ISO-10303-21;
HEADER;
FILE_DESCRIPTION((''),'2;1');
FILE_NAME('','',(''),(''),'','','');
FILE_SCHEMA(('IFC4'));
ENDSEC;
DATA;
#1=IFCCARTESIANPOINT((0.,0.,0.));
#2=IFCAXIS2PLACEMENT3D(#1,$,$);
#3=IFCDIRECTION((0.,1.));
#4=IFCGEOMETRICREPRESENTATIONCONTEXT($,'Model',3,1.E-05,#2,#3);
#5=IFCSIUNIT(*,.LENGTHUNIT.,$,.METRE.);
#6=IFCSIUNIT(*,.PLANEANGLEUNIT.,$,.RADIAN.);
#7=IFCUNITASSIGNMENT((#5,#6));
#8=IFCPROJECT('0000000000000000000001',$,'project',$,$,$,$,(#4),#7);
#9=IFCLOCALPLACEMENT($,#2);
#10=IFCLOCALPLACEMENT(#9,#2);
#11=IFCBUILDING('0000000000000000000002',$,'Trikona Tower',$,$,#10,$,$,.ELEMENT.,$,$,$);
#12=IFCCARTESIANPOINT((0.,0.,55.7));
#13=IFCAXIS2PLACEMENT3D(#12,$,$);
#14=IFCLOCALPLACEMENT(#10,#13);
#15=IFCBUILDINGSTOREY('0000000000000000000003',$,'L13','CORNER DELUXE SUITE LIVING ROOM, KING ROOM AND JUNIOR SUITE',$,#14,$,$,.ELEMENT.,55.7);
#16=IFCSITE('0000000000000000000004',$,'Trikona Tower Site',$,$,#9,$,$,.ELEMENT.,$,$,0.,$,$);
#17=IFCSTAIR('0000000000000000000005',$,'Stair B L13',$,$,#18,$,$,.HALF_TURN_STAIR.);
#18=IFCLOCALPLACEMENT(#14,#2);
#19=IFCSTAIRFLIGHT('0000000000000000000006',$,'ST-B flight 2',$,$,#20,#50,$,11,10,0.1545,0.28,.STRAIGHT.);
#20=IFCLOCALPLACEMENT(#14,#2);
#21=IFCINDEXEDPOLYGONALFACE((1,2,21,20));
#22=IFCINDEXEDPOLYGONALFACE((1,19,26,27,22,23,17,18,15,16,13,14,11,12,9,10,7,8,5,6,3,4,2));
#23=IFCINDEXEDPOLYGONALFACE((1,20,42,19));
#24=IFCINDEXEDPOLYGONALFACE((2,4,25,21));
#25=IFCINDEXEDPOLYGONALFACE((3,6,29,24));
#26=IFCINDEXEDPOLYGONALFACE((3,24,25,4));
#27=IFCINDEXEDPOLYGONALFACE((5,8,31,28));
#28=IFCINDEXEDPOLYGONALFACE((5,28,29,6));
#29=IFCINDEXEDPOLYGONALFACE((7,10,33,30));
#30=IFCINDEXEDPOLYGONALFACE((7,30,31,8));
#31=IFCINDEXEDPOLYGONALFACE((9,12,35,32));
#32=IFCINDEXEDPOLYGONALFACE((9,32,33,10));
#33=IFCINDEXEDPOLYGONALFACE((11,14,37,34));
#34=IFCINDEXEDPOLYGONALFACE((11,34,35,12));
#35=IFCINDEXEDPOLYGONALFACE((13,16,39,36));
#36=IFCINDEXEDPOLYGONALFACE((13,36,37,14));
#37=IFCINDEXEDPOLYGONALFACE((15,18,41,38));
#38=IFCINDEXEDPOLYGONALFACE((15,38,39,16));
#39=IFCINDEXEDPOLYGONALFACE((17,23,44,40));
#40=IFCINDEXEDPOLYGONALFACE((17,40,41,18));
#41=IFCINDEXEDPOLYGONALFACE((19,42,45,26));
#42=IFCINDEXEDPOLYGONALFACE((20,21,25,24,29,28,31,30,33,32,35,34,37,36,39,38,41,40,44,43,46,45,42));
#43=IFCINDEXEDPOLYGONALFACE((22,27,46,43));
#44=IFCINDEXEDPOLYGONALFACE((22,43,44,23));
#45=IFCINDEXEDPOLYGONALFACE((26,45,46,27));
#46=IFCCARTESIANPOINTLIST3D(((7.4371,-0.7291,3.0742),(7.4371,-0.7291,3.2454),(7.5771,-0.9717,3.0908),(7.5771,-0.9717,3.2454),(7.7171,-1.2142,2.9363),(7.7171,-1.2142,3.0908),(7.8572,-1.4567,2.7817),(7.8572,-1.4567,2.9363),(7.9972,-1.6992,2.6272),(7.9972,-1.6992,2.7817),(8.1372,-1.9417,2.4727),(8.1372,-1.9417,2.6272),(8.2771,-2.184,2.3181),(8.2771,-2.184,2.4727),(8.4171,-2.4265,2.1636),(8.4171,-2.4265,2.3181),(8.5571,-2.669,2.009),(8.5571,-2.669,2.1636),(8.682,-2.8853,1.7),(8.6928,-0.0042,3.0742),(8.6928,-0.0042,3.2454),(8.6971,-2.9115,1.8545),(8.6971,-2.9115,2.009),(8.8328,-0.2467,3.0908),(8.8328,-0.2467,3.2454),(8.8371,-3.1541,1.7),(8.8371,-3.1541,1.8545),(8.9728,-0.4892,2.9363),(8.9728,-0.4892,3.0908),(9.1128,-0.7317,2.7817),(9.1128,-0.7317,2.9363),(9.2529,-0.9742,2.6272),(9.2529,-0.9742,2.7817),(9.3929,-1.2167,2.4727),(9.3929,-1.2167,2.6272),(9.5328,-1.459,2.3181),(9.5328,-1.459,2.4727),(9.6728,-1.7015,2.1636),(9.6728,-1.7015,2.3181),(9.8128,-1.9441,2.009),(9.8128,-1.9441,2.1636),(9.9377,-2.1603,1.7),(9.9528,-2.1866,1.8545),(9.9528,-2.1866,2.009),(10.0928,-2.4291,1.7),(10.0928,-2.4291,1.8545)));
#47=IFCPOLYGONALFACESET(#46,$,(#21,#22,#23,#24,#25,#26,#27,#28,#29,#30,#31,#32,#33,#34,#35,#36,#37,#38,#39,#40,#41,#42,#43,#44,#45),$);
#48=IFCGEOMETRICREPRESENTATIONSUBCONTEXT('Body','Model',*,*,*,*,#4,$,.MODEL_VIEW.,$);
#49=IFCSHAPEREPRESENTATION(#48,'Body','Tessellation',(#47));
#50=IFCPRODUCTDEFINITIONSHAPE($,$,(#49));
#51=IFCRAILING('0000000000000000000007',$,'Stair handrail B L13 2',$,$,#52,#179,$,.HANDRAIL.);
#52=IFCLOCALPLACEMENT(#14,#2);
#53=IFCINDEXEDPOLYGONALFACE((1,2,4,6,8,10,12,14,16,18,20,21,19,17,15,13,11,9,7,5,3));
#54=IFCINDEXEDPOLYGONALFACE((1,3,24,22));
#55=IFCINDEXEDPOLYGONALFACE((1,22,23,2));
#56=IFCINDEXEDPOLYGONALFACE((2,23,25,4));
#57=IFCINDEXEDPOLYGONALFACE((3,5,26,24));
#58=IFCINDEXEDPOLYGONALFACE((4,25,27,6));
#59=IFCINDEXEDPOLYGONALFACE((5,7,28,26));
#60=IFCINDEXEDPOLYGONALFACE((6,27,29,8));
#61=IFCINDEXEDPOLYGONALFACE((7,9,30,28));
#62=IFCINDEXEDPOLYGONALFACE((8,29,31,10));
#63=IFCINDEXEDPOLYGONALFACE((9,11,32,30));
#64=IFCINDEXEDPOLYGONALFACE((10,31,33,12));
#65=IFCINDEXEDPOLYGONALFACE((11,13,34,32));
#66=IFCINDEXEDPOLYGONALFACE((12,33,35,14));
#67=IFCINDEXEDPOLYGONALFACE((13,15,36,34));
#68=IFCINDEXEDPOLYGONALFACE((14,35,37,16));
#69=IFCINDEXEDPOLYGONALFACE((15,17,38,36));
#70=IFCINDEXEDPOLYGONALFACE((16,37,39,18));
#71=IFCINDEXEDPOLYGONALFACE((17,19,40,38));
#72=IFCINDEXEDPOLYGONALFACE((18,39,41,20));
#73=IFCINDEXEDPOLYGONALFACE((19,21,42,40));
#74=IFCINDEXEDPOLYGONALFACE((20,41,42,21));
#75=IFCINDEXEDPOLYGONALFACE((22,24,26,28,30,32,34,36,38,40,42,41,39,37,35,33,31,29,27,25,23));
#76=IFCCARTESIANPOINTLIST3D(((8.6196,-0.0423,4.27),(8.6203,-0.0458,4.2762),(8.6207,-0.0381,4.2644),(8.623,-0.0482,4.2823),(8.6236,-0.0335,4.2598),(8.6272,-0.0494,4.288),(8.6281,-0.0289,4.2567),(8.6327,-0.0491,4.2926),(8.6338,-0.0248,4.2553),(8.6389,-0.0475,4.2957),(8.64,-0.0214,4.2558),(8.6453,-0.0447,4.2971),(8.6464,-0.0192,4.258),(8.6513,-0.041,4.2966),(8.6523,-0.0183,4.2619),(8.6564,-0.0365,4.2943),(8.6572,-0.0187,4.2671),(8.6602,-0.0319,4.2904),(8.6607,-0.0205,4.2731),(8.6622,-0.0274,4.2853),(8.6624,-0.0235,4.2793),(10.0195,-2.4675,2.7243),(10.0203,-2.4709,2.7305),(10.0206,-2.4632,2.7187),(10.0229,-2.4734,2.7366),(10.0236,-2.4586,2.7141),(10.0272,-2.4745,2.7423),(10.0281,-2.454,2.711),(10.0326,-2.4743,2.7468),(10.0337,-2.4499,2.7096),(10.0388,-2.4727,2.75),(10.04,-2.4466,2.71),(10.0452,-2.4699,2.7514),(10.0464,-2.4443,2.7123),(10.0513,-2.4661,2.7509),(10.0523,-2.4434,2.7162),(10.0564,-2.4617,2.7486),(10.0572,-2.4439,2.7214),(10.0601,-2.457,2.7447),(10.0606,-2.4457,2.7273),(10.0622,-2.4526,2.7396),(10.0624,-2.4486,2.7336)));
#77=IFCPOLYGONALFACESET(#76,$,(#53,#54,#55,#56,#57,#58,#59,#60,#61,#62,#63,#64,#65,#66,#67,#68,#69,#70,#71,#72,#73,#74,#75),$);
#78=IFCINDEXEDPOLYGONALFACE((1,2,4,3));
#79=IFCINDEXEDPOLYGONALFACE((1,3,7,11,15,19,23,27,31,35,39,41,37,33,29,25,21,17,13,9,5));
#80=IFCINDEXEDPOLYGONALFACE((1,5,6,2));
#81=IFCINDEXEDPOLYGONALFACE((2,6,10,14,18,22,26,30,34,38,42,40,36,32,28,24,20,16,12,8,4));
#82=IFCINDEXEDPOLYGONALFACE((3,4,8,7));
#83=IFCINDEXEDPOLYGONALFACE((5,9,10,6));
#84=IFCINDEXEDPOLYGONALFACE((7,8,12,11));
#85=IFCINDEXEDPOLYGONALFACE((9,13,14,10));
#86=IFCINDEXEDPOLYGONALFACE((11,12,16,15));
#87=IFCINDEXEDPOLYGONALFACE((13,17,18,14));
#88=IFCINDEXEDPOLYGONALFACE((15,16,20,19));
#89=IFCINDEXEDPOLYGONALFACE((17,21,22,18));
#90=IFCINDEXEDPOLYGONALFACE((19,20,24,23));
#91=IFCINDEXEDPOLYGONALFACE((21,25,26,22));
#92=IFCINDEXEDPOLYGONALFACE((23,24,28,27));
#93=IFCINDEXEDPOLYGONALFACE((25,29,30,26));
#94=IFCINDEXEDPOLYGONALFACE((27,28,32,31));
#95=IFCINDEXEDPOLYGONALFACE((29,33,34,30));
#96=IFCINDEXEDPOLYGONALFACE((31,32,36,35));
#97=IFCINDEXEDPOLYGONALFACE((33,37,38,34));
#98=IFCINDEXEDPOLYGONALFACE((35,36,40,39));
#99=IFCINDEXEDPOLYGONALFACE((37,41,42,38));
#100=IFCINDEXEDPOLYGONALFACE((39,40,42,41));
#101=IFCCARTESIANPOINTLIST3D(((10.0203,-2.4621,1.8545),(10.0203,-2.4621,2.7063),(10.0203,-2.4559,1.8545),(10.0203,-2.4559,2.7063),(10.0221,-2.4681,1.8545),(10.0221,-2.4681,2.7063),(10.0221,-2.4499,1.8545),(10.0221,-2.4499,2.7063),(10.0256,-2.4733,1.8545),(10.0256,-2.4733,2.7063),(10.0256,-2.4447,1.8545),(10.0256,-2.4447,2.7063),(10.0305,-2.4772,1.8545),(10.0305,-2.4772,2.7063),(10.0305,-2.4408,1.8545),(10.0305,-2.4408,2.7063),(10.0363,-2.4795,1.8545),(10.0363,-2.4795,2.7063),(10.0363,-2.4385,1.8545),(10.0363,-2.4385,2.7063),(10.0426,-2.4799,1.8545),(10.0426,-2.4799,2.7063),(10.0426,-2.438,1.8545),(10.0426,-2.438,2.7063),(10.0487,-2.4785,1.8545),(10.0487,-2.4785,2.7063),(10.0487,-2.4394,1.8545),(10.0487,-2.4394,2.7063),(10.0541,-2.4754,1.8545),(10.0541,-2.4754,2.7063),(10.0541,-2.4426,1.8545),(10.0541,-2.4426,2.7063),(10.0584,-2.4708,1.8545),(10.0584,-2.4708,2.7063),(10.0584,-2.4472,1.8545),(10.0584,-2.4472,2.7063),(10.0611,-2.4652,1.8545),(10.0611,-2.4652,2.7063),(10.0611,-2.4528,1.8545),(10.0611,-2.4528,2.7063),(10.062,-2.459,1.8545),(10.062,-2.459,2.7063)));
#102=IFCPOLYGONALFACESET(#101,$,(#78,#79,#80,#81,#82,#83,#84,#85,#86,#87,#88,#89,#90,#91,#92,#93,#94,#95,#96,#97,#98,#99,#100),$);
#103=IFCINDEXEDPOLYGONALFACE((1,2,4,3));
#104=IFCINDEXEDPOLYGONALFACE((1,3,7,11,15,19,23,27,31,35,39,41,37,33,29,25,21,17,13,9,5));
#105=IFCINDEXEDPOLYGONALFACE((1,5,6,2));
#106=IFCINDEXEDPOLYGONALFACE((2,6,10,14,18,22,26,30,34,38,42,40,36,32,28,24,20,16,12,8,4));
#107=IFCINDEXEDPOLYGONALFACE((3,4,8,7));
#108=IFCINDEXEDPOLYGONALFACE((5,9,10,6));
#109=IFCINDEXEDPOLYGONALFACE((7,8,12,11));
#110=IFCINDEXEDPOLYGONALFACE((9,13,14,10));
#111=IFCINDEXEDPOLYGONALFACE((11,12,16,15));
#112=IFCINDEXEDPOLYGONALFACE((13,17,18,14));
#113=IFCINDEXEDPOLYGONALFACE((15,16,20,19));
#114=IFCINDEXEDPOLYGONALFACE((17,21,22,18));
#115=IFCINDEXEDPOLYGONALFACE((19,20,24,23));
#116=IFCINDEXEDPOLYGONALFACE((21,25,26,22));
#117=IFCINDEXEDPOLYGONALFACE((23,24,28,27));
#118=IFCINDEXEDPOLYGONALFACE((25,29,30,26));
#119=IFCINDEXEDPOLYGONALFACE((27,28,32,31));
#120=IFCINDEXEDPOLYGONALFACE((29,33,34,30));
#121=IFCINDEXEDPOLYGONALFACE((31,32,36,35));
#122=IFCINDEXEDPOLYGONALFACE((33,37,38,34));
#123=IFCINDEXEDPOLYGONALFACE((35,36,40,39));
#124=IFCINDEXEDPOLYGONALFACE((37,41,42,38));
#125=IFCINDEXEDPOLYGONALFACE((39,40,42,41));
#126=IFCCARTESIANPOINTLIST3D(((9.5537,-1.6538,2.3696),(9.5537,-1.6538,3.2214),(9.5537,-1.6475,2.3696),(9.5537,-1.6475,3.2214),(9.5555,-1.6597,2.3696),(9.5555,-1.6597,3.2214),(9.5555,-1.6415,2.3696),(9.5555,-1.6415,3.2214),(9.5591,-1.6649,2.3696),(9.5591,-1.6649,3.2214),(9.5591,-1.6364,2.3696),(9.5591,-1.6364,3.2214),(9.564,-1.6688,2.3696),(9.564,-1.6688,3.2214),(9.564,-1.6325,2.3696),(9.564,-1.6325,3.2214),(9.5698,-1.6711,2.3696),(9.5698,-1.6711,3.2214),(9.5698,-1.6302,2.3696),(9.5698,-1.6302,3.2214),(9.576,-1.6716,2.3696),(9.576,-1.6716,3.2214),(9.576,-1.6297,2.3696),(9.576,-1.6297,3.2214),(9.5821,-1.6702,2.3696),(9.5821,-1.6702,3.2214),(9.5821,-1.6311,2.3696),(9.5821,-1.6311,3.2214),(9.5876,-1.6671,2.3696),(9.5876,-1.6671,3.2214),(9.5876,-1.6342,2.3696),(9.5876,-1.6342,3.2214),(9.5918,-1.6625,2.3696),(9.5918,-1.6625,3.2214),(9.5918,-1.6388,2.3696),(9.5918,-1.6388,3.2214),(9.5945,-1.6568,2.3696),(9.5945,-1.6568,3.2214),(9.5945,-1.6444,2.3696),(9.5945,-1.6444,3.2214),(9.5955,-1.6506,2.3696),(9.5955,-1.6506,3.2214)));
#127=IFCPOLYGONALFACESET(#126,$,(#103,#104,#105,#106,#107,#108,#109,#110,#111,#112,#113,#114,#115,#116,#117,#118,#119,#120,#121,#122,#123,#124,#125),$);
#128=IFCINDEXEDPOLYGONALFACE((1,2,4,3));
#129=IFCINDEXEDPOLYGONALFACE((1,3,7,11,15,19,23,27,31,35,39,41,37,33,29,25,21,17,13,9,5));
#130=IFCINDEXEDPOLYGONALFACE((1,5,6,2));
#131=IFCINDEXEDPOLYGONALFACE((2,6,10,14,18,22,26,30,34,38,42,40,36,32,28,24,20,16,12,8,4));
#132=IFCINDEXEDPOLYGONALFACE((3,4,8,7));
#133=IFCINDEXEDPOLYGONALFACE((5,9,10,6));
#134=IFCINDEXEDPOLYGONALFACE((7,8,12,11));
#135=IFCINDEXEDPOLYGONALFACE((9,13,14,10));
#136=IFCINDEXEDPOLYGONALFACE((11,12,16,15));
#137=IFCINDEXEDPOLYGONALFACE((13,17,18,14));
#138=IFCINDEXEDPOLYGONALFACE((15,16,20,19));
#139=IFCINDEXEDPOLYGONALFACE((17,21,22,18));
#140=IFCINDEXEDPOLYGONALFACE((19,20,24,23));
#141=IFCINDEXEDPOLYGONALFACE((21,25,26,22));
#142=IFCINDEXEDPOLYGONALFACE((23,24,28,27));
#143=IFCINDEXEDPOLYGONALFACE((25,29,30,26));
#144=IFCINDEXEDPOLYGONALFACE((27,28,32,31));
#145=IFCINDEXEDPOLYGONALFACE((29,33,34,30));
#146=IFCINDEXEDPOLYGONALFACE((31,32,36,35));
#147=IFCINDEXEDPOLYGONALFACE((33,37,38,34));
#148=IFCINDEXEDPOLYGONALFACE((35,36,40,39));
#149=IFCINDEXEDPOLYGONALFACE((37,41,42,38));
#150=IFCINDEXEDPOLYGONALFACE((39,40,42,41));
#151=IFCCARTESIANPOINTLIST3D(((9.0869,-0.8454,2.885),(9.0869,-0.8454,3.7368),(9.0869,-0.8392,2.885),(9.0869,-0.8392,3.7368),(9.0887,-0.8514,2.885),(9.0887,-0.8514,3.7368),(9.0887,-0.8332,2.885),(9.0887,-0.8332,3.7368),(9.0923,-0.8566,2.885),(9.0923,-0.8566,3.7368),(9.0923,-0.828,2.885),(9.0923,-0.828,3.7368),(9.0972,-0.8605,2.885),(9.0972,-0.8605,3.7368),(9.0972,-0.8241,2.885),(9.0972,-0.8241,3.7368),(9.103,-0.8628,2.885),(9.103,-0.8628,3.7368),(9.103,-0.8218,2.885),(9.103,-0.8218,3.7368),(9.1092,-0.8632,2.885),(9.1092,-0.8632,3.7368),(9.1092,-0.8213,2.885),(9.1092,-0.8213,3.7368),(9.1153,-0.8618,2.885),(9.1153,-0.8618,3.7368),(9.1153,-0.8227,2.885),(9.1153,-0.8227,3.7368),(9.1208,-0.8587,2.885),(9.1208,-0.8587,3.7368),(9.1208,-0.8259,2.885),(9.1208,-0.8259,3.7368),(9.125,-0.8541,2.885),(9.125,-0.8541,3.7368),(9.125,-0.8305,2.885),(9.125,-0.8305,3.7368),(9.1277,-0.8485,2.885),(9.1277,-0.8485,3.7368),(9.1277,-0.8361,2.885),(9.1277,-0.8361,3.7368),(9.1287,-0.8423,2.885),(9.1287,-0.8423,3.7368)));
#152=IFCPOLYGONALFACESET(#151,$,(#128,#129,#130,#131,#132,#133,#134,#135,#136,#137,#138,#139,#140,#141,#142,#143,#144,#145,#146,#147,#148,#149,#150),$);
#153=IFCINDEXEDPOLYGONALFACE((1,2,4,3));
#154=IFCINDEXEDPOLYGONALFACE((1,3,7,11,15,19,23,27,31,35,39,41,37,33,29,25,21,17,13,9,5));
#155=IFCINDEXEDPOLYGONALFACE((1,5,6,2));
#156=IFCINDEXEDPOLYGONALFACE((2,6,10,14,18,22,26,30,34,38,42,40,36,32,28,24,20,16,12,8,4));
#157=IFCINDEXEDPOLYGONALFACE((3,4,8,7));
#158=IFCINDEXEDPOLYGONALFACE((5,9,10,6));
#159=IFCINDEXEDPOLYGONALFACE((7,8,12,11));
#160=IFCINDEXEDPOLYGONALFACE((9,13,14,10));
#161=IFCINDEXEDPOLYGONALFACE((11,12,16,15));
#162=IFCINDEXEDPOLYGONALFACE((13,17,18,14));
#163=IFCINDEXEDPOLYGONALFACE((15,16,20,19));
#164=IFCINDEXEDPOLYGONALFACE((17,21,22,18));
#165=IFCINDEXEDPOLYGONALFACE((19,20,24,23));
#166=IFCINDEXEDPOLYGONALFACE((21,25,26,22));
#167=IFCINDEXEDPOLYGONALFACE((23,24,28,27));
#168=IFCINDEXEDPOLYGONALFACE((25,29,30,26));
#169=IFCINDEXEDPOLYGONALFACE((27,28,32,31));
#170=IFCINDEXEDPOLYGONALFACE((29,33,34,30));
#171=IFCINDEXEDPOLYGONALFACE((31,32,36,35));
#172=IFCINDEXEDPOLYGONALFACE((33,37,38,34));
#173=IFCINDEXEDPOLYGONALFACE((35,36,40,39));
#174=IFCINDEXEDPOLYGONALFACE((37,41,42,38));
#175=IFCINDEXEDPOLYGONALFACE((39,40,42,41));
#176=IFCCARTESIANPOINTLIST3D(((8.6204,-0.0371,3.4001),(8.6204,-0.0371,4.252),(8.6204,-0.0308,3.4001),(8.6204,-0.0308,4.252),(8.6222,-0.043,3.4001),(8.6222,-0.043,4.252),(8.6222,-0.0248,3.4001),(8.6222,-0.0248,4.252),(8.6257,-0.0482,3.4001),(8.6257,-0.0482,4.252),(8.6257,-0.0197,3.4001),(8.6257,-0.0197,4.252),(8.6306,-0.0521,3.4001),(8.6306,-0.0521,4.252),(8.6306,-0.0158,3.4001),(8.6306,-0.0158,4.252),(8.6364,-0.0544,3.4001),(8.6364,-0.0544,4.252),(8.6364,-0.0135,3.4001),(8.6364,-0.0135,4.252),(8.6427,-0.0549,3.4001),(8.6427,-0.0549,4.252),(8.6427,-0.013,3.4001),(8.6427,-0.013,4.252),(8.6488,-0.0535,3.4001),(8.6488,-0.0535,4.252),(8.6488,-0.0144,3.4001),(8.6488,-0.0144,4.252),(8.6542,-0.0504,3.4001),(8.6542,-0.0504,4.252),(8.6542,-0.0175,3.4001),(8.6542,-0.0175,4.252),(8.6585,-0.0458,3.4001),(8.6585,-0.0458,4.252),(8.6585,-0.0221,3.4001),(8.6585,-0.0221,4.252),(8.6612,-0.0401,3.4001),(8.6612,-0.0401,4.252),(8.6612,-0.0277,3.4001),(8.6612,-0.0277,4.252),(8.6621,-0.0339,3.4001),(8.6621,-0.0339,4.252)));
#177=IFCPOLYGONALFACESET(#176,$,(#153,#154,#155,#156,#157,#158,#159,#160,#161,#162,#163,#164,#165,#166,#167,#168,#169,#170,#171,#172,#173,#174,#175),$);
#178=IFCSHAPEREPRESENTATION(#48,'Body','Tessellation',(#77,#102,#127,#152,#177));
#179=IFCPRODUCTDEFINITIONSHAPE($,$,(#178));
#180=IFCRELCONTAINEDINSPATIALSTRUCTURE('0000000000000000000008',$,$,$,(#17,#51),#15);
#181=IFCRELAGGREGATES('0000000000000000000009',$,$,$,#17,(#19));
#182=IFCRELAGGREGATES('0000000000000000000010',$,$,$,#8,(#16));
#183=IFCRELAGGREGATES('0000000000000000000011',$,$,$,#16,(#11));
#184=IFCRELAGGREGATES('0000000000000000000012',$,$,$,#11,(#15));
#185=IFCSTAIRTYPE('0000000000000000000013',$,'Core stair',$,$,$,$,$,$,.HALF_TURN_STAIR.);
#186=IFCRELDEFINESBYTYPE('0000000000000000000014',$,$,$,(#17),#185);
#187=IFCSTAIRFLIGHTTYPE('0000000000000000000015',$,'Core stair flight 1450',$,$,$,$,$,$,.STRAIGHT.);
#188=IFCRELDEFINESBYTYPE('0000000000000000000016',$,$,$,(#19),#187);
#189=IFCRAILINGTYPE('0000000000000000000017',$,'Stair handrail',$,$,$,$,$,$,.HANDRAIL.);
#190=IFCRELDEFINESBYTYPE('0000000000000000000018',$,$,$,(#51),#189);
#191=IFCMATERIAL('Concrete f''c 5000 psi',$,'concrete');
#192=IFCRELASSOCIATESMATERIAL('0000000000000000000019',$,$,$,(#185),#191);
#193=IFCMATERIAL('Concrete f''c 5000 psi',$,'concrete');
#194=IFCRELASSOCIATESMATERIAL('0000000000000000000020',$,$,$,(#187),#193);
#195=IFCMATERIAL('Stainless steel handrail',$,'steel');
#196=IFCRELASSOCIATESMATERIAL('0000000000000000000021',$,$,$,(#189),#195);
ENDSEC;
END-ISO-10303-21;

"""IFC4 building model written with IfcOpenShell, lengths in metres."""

from ifc_helpers import new_model, si_unit, direction, frame, origin, origin_2d, place, context, subcontext, project, spatial, polyline, circle, outline, extrude, material, type_object, element, aggregate, save


model = new_model("IFC4")

# Units and contexts
model_context = context("Model", 3, precision=1e-05, world=origin(), true_north=direction((0.0, 1.0)))
body_context = subcontext(model_context, "Body", "Model", "MODEL_VIEW")
ifc_project = project(units=[si_unit("LENGTHUNIT", "METRE"), si_unit("PLANEANGLEUNIT", "RADIAN")], contexts=[model_context])

# Site, building, storey
site_placement = place(None, origin())
site = spatial("IfcSite", under=ifc_project, at=site_placement, Name="Trikona Tower Site", CompositionType="ELEMENT", RefElevation=0.0)
building_placement = place(site_placement, origin())
building = spatial("IfcBuilding", under=site, at=building_placement, Name="Trikona Tower", CompositionType="ELEMENT")
storey_placement = place(building_placement, frame((0.0, 0.0, 55.7)))
storey = spatial("IfcBuildingStorey", under=building, at=storey_placement, Name="L13", Description="CORNER DELUXE SUITE LIVING ROOM, KING ROOM AND JUNIOR SUITE", CompositionType="ELEMENT", Elevation=55.7)

# Stair, stair flight
ifc_material_1 = material(Name="Concrete f'c 5000 psi", Category="concrete")
stair_type = type_object("IfcStairType", Name="Core stair", PredefinedType="HALF_TURN_STAIR", material=ifc_material_1)
stair_placement = place(storey_placement, origin())
stair = element("IfcStair", 1, at=stair_placement, inside=storey, type_object=stair_type, Name="Stair B L13", PredefinedType="HALF_TURN_STAIR")
ifc_material_2 = material(Name="Concrete f'c 5000 psi", Category="concrete")
stair_flight_type = type_object("IfcStairFlightType", Name="Core stair flight 1450", PredefinedType="STRAIGHT", material=ifc_material_2)
stair_flight_placement = place(storey_placement, frame((9.4651, -2.7915, 1.7), z_axis=(0.0, 0.0, 1.0), x_axis=(-0.5, 0.866025, 0.0)))
stair_flight = element("IfcStairFlight", 2, at=stair_flight_placement, type_object=stair_flight_type, Name="ST-B flight 2", NumberOfRisers=11, NumberOfTreads=10, PredefinedType="STRAIGHT", RiserHeight=0.1545, TreadLength=0.28, context=body_context, shape_type="SweptSolid", body=[
    extrude(outline(polyline([(0.0, 0.0), (0.0, 0.1545), (0.28, 0.1545), (0.28, 0.3091), (0.5601, 0.3091), (0.5601, 0.4636), (0.8401, 0.4636), (0.8401, 0.6182), (1.1201, 0.6182), (1.1201, 0.7727), (1.3999, 0.7727), (1.3999, 0.9272), (1.6799, 0.9272), (1.6799, 1.0818), (1.96, 1.0818), (1.96, 1.2363), (2.24, 1.2363), (2.24, 1.3909), (2.52, 1.3909), (2.52, 1.5454), (2.8, 1.5454), (2.8, 1.7), (2.8, 1.3743), (0.3103, 0.0), (0.0, 0.0)])), frame((0.0, 0.7251, 0.0), z_axis=(0.0, -1.0, 0.0), x_axis=(1.0, 0.0, 0.0)), (0.0, 0.0, 1.0), 1.45),
])
aggregate(stair, [stair_flight])

# Railing
ifc_material_3 = material(Name="Stainless steel handrail", Category="steel")
railing_type = type_object("IfcRailingType", Name="Stair handrail", PredefinedType="HANDRAIL", material=ifc_material_3)
railing_placement = place(storey_placement, frame((10.041, -2.459, 1.8545)))
element("IfcRailing", 3, at=railing_placement, inside=storey, type_object=railing_type, Name="Stair handrail B L13 2", PredefinedType="HANDRAIL", context=body_context, shape_type="SweptSolid", body=[
    extrude(circle(Radius=0.0239, at=origin_2d()), frame((0.0, 0.0, 0.876), z_axis=(-0.437691, 0.758212, 0.483262), x_axis=(-0.866056, -0.499946, 0.0)), (0.0, 0.0, 1.0), 3.1985),
    extrude(circle(Radius=0.021, at=origin_2d()), origin(), (0.0, 0.0, 1.0), 0.8518),
    extrude(circle(Radius=0.021, at=origin_2d()), frame((-0.4666, 0.8083, 0.5151)), (0.0, 0.0, 1.0), 0.8518),
    extrude(circle(Radius=0.021, at=origin_2d()), frame((-0.9333, 1.6167, 1.0305)), (0.0, 0.0, 1.0), 0.8518),
    extrude(circle(Radius=0.021, at=origin_2d()), frame((-1.3999, 2.425, 1.5457)), (0.0, 0.0, 1.0), 0.8518),
])

save(model, "model.ifc")
